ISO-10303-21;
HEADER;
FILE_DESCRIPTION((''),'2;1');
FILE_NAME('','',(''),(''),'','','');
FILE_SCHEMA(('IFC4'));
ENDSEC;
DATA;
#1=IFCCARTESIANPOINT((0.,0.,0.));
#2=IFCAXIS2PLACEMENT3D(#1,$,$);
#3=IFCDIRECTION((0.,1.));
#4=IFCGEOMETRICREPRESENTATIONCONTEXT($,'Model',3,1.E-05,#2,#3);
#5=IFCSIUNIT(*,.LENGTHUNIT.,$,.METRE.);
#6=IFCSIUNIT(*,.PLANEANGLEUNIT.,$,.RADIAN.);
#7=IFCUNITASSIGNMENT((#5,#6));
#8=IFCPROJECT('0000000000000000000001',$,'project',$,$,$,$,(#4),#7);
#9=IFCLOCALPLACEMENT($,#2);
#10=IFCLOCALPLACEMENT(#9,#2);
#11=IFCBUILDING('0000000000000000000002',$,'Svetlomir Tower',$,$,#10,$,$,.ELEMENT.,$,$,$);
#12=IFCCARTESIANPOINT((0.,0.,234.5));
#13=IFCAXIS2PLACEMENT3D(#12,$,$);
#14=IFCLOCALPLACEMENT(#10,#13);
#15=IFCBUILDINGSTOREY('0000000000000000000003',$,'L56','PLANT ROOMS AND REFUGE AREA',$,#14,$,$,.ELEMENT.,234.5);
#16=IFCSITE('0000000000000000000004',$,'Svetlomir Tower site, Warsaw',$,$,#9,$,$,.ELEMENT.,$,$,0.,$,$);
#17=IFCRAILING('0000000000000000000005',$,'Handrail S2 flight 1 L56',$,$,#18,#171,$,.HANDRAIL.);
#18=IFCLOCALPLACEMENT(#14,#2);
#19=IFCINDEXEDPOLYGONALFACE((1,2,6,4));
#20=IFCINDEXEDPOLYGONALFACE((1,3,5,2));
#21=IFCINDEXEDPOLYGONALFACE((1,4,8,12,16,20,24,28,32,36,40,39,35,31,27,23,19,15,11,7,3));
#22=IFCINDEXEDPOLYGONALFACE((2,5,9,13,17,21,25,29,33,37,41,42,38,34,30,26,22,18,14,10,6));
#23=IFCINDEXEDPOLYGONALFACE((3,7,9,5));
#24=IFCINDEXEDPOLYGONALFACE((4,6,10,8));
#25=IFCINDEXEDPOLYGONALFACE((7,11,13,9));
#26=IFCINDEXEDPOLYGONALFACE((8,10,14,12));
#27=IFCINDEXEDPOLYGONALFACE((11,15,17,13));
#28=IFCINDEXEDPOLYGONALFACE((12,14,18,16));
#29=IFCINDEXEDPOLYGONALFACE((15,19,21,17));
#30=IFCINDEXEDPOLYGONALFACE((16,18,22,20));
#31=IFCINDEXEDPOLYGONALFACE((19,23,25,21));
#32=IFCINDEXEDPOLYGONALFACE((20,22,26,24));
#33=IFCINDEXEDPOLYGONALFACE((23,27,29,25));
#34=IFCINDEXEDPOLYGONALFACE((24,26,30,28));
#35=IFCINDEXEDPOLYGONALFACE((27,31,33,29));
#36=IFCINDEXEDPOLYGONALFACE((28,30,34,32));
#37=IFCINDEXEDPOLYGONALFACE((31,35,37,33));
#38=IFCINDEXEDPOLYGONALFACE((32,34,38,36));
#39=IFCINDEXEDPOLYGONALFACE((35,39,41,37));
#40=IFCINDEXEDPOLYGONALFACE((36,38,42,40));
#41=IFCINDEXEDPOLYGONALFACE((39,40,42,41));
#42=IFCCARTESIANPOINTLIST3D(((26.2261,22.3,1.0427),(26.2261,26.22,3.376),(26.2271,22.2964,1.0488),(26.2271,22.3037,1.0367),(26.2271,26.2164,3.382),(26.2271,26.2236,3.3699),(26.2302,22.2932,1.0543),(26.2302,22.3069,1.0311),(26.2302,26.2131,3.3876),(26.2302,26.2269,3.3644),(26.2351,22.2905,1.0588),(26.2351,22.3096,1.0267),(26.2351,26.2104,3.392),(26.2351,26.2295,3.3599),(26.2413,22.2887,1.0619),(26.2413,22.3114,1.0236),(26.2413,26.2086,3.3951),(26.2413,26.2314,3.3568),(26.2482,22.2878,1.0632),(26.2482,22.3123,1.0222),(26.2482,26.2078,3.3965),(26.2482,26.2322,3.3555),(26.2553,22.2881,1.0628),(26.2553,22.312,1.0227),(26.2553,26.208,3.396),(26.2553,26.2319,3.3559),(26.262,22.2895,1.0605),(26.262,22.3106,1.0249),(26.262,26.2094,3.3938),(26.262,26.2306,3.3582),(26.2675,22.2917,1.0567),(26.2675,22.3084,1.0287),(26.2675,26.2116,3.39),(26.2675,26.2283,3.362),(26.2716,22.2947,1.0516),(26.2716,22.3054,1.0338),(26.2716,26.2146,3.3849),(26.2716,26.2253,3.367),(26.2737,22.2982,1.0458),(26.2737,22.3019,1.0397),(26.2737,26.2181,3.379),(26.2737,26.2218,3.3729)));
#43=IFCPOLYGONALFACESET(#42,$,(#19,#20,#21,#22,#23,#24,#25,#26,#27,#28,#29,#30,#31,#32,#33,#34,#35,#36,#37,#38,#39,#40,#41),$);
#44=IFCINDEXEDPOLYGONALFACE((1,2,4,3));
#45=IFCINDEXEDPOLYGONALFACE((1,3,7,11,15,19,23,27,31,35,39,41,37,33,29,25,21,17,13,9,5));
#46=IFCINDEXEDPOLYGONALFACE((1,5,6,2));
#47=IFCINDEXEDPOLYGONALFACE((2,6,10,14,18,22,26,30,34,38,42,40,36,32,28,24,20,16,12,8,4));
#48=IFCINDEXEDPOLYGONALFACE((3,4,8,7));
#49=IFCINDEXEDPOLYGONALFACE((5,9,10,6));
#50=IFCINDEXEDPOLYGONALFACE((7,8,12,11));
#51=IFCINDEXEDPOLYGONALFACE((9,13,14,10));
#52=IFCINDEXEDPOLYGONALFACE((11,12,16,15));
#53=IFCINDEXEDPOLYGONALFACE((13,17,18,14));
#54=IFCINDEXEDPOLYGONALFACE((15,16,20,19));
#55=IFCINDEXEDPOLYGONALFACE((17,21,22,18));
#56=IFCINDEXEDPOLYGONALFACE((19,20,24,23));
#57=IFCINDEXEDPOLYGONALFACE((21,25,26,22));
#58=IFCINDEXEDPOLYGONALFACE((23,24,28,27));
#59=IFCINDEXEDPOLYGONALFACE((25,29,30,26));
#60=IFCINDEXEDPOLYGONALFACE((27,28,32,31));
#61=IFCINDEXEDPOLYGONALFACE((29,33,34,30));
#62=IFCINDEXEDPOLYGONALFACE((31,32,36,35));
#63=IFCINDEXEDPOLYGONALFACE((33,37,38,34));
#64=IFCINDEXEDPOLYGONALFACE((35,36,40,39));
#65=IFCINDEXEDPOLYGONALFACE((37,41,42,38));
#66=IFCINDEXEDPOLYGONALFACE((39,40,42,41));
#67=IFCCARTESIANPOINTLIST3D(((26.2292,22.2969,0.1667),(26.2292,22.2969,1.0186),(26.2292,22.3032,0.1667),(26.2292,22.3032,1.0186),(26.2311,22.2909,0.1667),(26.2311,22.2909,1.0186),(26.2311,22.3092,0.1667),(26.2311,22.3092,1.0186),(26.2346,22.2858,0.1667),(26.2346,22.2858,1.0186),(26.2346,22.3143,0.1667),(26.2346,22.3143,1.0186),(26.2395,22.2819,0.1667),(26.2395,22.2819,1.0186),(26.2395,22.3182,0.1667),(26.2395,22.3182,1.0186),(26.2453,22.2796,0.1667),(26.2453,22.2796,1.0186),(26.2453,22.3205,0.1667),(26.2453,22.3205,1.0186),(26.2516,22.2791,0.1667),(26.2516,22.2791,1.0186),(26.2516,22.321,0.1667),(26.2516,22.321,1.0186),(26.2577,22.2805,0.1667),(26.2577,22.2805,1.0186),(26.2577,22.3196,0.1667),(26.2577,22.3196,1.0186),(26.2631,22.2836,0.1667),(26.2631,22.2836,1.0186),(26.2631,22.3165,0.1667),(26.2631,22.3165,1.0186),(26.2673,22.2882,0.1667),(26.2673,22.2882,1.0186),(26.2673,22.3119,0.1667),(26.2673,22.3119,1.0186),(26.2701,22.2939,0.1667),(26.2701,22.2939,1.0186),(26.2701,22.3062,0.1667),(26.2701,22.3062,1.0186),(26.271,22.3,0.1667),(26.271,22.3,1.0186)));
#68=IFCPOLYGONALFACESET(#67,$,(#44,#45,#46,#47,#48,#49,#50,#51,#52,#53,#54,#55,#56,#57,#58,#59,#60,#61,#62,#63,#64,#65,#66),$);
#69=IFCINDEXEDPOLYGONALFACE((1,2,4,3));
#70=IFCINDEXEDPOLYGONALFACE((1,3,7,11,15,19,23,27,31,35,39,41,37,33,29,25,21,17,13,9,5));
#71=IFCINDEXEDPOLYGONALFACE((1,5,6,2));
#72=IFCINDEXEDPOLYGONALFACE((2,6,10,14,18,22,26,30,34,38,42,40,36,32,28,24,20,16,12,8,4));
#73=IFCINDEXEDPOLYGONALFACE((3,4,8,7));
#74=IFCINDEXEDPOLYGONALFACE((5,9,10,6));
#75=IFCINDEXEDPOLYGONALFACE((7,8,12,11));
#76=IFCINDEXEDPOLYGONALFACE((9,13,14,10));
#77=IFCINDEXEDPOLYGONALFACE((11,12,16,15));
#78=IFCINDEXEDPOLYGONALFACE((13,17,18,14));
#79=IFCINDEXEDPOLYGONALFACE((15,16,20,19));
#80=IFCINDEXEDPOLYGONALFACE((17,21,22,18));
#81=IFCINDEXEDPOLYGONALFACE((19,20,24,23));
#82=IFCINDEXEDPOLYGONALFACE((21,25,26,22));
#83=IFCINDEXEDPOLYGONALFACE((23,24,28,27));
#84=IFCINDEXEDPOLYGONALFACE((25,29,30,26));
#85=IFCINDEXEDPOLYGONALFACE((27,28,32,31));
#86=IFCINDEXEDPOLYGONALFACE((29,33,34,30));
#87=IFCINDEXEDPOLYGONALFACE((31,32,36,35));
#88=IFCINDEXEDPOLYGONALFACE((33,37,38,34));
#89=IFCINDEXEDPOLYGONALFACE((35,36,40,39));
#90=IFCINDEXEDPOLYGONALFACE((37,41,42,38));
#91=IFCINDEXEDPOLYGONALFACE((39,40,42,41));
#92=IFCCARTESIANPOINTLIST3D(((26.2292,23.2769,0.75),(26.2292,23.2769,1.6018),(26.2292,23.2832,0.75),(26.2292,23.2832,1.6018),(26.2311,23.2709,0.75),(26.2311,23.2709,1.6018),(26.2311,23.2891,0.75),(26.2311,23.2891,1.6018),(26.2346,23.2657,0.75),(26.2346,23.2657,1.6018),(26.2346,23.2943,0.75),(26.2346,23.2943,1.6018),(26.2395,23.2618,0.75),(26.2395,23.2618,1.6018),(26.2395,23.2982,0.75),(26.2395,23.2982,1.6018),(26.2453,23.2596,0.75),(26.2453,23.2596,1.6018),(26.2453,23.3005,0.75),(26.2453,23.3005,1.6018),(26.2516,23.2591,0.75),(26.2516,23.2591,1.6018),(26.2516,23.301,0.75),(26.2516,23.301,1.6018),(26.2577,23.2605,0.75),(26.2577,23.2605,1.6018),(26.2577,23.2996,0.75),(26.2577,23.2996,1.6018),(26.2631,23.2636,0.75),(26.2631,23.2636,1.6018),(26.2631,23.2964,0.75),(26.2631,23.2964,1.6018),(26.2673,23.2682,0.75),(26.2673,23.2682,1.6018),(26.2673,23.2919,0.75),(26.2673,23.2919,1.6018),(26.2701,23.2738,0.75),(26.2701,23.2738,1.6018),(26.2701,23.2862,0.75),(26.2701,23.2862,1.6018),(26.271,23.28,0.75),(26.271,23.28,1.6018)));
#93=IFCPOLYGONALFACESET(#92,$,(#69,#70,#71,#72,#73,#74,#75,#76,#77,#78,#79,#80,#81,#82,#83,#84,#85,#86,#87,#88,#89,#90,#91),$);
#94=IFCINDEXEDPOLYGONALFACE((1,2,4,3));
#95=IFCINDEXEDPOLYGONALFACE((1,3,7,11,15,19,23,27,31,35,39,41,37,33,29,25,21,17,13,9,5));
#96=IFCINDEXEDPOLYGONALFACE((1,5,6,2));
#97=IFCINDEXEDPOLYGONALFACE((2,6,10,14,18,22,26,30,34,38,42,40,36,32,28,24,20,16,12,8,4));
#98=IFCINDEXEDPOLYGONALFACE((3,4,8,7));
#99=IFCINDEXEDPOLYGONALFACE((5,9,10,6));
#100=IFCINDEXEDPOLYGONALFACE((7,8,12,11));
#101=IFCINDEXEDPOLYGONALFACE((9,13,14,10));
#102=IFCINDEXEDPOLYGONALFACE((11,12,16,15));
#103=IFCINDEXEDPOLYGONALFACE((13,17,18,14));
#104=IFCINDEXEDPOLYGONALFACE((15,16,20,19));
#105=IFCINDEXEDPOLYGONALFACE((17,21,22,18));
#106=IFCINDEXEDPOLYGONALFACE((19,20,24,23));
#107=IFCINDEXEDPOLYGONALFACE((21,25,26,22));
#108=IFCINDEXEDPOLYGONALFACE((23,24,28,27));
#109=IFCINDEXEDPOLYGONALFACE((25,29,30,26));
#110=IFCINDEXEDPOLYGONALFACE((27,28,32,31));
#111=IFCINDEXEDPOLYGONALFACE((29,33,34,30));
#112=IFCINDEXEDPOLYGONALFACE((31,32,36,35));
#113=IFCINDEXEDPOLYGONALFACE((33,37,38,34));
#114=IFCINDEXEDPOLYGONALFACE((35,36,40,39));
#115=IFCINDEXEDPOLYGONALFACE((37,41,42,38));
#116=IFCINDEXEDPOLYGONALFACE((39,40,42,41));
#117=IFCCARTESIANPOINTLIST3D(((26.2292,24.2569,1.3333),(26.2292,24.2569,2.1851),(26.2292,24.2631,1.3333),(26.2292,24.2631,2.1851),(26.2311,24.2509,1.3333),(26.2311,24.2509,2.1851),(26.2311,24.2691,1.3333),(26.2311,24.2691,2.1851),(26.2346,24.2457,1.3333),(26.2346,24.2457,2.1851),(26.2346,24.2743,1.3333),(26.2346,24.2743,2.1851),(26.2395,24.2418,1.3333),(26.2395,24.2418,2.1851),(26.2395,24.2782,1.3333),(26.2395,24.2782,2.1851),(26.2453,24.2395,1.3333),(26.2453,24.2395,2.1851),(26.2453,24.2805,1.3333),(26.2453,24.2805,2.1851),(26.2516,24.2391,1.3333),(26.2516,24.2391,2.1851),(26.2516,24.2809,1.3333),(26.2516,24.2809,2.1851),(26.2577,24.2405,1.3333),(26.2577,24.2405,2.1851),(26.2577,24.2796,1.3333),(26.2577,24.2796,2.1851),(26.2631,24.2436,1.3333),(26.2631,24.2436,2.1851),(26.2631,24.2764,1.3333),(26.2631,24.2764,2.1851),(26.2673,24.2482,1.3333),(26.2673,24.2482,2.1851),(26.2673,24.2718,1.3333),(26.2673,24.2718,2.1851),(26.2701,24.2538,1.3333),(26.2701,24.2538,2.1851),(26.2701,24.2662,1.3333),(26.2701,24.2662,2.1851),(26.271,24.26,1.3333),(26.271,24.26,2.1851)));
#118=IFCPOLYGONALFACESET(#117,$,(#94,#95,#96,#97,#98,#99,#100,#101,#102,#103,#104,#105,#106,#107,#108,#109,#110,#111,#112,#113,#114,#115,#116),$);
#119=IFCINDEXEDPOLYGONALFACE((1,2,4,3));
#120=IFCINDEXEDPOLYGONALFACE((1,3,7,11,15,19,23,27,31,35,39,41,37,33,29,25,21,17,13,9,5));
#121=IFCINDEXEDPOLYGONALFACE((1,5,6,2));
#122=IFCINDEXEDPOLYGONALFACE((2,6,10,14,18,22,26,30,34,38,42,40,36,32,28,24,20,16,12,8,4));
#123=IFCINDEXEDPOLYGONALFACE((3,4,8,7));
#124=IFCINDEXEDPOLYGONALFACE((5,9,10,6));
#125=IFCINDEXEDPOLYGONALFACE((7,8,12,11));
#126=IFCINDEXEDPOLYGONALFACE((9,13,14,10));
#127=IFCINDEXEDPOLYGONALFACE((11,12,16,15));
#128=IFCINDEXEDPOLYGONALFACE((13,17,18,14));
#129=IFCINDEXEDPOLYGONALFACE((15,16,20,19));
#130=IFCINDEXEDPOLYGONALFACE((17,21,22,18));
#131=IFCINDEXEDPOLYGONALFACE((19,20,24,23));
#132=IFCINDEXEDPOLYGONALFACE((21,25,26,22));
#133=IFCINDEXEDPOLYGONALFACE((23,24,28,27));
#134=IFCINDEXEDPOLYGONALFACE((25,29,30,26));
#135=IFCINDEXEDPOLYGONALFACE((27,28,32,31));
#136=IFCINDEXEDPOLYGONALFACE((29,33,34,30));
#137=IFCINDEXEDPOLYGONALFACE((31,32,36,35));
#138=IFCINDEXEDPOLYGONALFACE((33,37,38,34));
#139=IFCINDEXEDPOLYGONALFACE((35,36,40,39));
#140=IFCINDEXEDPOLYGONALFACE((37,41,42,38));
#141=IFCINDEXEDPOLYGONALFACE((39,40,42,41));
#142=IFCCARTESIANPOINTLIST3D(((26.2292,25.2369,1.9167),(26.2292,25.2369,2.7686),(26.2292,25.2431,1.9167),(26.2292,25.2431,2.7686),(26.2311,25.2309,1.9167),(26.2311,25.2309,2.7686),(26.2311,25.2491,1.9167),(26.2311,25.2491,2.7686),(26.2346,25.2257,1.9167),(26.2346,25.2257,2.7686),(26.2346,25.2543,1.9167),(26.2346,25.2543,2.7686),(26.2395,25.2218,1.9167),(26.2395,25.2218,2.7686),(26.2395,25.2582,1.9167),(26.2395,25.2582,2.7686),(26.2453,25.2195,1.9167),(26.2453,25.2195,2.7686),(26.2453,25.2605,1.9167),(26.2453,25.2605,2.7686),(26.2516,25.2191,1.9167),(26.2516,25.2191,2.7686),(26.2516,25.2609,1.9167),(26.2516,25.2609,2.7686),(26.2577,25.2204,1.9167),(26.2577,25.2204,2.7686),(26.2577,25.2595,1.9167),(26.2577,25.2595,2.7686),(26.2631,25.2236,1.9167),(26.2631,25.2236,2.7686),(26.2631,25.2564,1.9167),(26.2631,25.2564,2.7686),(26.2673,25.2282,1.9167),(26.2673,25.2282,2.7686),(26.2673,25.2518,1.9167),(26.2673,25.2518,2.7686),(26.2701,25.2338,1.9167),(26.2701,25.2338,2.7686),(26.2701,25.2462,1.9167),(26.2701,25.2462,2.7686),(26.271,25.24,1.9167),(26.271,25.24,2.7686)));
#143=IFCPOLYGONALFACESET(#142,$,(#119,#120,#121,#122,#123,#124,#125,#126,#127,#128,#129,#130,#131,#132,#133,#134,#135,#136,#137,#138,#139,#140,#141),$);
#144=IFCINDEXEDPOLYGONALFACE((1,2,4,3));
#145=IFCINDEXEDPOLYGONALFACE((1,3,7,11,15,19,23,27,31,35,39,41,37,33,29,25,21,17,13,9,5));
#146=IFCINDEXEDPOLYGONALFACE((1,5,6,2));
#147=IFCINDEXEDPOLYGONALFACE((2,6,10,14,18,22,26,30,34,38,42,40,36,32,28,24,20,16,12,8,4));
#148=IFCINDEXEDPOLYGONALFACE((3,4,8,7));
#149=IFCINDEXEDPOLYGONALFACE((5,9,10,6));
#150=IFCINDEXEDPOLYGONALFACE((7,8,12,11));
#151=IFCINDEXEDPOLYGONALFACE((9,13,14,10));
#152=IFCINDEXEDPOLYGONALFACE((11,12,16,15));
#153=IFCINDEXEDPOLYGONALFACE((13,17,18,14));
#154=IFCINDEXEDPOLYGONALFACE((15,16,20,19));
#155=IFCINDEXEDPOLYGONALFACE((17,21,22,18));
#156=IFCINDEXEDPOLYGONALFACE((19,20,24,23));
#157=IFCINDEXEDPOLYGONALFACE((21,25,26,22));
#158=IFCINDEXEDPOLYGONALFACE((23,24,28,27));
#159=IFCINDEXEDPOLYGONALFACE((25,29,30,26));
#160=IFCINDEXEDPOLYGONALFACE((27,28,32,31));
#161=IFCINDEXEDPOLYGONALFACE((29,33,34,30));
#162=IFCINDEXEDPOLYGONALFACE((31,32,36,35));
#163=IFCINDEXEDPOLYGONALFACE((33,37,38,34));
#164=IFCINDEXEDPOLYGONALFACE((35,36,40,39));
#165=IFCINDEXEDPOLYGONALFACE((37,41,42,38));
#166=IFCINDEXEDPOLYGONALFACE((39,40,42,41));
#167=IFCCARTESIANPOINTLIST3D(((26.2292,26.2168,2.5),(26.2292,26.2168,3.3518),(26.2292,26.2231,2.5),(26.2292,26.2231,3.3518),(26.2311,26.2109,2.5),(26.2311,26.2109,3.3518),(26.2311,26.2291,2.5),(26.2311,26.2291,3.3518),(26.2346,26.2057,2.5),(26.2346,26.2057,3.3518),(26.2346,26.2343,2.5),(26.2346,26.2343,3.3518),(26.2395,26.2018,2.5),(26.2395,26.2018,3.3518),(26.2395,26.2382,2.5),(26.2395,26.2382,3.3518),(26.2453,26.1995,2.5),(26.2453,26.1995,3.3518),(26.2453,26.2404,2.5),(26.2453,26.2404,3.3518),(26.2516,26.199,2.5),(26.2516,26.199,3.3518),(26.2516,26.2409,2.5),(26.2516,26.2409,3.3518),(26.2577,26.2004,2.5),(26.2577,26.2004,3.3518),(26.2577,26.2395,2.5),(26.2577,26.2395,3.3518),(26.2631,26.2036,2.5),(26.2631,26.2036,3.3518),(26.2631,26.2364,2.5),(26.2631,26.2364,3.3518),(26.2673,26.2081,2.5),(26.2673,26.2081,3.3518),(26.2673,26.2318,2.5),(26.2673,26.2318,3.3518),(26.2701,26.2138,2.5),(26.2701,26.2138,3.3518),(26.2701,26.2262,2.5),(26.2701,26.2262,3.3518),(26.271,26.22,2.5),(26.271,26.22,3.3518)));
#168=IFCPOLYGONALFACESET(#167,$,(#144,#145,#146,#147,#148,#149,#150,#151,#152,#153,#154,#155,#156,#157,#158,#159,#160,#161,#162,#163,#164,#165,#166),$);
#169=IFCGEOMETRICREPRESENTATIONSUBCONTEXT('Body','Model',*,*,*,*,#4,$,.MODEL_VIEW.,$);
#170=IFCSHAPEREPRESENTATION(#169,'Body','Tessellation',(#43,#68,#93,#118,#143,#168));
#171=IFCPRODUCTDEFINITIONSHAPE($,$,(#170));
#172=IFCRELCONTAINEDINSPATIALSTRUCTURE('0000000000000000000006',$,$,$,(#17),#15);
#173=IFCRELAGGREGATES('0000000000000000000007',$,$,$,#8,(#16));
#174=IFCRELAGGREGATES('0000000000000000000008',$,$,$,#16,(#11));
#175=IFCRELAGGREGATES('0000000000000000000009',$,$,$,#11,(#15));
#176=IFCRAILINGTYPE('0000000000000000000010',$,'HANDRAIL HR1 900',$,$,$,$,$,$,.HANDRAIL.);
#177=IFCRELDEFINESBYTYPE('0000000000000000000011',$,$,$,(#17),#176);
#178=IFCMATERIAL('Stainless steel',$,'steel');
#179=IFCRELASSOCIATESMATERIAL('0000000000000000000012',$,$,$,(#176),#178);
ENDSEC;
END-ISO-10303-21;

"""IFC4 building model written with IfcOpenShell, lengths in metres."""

from ifc_helpers import new_model, si_unit, direction, frame, origin, origin_2d, place, context, subcontext, project, spatial, circle, extrude, material, type_object, element, save


model = new_model("IFC4")

# Units and contexts
model_context = context("Model", 3, precision=1e-05, world=origin(), true_north=direction((0.0, 1.0)))
body_context = subcontext(model_context, "Body", "Model", "MODEL_VIEW")
ifc_project = project(units=[si_unit("LENGTHUNIT", "METRE"), si_unit("PLANEANGLEUNIT", "RADIAN")], contexts=[model_context])

# Site, building, storey
site_placement = place(None, origin())
site = spatial("IfcSite", under=ifc_project, at=site_placement, Name="Svetlomir Tower site, Warsaw", CompositionType="ELEMENT", RefElevation=0.0)
building_placement = place(site_placement, origin())
building = spatial("IfcBuilding", under=site, at=building_placement, Name="Svetlomir Tower", CompositionType="ELEMENT")
storey_placement = place(building_placement, frame((0.0, 0.0, 234.5)))
storey = spatial("IfcBuildingStorey", under=building, at=storey_placement, Name="L56", Description="PLANT ROOMS AND REFUGE AREA", CompositionType="ELEMENT", Elevation=234.5)

# Railing
ifc_material_1 = material(Name="Stainless steel", Category="steel")
railing_type_1 = type_object("IfcRailingType", Name="HANDRAIL HR1 900", PredefinedType="HANDRAIL", material=ifc_material_1)
railing_1_placement = place(storey_placement, frame((26.25, 22.3, 0.1667)))
element("IfcRailing", 1, at=railing_1_placement, inside=storey, type_object=railing_type_1, Name="Handrail S2 flight 1 L56", PredefinedType="HANDRAIL", context=body_context, shape_type="SweptSolid", body=[
    extrude(circle(Radius=0.0239, at=origin_2d()), frame((0.0, 0.0, 0.876), z_axis=(0.0, 0.859296, 0.511478), x_axis=(-1.0, 0.0, 0.0)), (0.0, 0.0, 1.0), 4.5618),
    extrude(circle(Radius=0.021, at=origin_2d()), origin(), (0.0, 0.0, 1.0), 0.8518),
    extrude(circle(Radius=0.021, at=origin_2d()), frame((0.0, 0.98, 0.5833)), (0.0, 0.0, 1.0), 0.8518),
    extrude(circle(Radius=0.021, at=origin_2d()), frame((0.0, 1.96, 1.1665)), (0.0, 0.0, 1.0), 0.8518),
    extrude(circle(Radius=0.021, at=origin_2d()), frame((0.0, 2.9399, 1.75)), (0.0, 0.0, 1.0), 0.8518),
    extrude(circle(Radius=0.021, at=origin_2d()), frame((0.0, 3.9199, 2.3333)), (0.0, 0.0, 1.0), 0.8518),
])

save(model, "model.ifc")
